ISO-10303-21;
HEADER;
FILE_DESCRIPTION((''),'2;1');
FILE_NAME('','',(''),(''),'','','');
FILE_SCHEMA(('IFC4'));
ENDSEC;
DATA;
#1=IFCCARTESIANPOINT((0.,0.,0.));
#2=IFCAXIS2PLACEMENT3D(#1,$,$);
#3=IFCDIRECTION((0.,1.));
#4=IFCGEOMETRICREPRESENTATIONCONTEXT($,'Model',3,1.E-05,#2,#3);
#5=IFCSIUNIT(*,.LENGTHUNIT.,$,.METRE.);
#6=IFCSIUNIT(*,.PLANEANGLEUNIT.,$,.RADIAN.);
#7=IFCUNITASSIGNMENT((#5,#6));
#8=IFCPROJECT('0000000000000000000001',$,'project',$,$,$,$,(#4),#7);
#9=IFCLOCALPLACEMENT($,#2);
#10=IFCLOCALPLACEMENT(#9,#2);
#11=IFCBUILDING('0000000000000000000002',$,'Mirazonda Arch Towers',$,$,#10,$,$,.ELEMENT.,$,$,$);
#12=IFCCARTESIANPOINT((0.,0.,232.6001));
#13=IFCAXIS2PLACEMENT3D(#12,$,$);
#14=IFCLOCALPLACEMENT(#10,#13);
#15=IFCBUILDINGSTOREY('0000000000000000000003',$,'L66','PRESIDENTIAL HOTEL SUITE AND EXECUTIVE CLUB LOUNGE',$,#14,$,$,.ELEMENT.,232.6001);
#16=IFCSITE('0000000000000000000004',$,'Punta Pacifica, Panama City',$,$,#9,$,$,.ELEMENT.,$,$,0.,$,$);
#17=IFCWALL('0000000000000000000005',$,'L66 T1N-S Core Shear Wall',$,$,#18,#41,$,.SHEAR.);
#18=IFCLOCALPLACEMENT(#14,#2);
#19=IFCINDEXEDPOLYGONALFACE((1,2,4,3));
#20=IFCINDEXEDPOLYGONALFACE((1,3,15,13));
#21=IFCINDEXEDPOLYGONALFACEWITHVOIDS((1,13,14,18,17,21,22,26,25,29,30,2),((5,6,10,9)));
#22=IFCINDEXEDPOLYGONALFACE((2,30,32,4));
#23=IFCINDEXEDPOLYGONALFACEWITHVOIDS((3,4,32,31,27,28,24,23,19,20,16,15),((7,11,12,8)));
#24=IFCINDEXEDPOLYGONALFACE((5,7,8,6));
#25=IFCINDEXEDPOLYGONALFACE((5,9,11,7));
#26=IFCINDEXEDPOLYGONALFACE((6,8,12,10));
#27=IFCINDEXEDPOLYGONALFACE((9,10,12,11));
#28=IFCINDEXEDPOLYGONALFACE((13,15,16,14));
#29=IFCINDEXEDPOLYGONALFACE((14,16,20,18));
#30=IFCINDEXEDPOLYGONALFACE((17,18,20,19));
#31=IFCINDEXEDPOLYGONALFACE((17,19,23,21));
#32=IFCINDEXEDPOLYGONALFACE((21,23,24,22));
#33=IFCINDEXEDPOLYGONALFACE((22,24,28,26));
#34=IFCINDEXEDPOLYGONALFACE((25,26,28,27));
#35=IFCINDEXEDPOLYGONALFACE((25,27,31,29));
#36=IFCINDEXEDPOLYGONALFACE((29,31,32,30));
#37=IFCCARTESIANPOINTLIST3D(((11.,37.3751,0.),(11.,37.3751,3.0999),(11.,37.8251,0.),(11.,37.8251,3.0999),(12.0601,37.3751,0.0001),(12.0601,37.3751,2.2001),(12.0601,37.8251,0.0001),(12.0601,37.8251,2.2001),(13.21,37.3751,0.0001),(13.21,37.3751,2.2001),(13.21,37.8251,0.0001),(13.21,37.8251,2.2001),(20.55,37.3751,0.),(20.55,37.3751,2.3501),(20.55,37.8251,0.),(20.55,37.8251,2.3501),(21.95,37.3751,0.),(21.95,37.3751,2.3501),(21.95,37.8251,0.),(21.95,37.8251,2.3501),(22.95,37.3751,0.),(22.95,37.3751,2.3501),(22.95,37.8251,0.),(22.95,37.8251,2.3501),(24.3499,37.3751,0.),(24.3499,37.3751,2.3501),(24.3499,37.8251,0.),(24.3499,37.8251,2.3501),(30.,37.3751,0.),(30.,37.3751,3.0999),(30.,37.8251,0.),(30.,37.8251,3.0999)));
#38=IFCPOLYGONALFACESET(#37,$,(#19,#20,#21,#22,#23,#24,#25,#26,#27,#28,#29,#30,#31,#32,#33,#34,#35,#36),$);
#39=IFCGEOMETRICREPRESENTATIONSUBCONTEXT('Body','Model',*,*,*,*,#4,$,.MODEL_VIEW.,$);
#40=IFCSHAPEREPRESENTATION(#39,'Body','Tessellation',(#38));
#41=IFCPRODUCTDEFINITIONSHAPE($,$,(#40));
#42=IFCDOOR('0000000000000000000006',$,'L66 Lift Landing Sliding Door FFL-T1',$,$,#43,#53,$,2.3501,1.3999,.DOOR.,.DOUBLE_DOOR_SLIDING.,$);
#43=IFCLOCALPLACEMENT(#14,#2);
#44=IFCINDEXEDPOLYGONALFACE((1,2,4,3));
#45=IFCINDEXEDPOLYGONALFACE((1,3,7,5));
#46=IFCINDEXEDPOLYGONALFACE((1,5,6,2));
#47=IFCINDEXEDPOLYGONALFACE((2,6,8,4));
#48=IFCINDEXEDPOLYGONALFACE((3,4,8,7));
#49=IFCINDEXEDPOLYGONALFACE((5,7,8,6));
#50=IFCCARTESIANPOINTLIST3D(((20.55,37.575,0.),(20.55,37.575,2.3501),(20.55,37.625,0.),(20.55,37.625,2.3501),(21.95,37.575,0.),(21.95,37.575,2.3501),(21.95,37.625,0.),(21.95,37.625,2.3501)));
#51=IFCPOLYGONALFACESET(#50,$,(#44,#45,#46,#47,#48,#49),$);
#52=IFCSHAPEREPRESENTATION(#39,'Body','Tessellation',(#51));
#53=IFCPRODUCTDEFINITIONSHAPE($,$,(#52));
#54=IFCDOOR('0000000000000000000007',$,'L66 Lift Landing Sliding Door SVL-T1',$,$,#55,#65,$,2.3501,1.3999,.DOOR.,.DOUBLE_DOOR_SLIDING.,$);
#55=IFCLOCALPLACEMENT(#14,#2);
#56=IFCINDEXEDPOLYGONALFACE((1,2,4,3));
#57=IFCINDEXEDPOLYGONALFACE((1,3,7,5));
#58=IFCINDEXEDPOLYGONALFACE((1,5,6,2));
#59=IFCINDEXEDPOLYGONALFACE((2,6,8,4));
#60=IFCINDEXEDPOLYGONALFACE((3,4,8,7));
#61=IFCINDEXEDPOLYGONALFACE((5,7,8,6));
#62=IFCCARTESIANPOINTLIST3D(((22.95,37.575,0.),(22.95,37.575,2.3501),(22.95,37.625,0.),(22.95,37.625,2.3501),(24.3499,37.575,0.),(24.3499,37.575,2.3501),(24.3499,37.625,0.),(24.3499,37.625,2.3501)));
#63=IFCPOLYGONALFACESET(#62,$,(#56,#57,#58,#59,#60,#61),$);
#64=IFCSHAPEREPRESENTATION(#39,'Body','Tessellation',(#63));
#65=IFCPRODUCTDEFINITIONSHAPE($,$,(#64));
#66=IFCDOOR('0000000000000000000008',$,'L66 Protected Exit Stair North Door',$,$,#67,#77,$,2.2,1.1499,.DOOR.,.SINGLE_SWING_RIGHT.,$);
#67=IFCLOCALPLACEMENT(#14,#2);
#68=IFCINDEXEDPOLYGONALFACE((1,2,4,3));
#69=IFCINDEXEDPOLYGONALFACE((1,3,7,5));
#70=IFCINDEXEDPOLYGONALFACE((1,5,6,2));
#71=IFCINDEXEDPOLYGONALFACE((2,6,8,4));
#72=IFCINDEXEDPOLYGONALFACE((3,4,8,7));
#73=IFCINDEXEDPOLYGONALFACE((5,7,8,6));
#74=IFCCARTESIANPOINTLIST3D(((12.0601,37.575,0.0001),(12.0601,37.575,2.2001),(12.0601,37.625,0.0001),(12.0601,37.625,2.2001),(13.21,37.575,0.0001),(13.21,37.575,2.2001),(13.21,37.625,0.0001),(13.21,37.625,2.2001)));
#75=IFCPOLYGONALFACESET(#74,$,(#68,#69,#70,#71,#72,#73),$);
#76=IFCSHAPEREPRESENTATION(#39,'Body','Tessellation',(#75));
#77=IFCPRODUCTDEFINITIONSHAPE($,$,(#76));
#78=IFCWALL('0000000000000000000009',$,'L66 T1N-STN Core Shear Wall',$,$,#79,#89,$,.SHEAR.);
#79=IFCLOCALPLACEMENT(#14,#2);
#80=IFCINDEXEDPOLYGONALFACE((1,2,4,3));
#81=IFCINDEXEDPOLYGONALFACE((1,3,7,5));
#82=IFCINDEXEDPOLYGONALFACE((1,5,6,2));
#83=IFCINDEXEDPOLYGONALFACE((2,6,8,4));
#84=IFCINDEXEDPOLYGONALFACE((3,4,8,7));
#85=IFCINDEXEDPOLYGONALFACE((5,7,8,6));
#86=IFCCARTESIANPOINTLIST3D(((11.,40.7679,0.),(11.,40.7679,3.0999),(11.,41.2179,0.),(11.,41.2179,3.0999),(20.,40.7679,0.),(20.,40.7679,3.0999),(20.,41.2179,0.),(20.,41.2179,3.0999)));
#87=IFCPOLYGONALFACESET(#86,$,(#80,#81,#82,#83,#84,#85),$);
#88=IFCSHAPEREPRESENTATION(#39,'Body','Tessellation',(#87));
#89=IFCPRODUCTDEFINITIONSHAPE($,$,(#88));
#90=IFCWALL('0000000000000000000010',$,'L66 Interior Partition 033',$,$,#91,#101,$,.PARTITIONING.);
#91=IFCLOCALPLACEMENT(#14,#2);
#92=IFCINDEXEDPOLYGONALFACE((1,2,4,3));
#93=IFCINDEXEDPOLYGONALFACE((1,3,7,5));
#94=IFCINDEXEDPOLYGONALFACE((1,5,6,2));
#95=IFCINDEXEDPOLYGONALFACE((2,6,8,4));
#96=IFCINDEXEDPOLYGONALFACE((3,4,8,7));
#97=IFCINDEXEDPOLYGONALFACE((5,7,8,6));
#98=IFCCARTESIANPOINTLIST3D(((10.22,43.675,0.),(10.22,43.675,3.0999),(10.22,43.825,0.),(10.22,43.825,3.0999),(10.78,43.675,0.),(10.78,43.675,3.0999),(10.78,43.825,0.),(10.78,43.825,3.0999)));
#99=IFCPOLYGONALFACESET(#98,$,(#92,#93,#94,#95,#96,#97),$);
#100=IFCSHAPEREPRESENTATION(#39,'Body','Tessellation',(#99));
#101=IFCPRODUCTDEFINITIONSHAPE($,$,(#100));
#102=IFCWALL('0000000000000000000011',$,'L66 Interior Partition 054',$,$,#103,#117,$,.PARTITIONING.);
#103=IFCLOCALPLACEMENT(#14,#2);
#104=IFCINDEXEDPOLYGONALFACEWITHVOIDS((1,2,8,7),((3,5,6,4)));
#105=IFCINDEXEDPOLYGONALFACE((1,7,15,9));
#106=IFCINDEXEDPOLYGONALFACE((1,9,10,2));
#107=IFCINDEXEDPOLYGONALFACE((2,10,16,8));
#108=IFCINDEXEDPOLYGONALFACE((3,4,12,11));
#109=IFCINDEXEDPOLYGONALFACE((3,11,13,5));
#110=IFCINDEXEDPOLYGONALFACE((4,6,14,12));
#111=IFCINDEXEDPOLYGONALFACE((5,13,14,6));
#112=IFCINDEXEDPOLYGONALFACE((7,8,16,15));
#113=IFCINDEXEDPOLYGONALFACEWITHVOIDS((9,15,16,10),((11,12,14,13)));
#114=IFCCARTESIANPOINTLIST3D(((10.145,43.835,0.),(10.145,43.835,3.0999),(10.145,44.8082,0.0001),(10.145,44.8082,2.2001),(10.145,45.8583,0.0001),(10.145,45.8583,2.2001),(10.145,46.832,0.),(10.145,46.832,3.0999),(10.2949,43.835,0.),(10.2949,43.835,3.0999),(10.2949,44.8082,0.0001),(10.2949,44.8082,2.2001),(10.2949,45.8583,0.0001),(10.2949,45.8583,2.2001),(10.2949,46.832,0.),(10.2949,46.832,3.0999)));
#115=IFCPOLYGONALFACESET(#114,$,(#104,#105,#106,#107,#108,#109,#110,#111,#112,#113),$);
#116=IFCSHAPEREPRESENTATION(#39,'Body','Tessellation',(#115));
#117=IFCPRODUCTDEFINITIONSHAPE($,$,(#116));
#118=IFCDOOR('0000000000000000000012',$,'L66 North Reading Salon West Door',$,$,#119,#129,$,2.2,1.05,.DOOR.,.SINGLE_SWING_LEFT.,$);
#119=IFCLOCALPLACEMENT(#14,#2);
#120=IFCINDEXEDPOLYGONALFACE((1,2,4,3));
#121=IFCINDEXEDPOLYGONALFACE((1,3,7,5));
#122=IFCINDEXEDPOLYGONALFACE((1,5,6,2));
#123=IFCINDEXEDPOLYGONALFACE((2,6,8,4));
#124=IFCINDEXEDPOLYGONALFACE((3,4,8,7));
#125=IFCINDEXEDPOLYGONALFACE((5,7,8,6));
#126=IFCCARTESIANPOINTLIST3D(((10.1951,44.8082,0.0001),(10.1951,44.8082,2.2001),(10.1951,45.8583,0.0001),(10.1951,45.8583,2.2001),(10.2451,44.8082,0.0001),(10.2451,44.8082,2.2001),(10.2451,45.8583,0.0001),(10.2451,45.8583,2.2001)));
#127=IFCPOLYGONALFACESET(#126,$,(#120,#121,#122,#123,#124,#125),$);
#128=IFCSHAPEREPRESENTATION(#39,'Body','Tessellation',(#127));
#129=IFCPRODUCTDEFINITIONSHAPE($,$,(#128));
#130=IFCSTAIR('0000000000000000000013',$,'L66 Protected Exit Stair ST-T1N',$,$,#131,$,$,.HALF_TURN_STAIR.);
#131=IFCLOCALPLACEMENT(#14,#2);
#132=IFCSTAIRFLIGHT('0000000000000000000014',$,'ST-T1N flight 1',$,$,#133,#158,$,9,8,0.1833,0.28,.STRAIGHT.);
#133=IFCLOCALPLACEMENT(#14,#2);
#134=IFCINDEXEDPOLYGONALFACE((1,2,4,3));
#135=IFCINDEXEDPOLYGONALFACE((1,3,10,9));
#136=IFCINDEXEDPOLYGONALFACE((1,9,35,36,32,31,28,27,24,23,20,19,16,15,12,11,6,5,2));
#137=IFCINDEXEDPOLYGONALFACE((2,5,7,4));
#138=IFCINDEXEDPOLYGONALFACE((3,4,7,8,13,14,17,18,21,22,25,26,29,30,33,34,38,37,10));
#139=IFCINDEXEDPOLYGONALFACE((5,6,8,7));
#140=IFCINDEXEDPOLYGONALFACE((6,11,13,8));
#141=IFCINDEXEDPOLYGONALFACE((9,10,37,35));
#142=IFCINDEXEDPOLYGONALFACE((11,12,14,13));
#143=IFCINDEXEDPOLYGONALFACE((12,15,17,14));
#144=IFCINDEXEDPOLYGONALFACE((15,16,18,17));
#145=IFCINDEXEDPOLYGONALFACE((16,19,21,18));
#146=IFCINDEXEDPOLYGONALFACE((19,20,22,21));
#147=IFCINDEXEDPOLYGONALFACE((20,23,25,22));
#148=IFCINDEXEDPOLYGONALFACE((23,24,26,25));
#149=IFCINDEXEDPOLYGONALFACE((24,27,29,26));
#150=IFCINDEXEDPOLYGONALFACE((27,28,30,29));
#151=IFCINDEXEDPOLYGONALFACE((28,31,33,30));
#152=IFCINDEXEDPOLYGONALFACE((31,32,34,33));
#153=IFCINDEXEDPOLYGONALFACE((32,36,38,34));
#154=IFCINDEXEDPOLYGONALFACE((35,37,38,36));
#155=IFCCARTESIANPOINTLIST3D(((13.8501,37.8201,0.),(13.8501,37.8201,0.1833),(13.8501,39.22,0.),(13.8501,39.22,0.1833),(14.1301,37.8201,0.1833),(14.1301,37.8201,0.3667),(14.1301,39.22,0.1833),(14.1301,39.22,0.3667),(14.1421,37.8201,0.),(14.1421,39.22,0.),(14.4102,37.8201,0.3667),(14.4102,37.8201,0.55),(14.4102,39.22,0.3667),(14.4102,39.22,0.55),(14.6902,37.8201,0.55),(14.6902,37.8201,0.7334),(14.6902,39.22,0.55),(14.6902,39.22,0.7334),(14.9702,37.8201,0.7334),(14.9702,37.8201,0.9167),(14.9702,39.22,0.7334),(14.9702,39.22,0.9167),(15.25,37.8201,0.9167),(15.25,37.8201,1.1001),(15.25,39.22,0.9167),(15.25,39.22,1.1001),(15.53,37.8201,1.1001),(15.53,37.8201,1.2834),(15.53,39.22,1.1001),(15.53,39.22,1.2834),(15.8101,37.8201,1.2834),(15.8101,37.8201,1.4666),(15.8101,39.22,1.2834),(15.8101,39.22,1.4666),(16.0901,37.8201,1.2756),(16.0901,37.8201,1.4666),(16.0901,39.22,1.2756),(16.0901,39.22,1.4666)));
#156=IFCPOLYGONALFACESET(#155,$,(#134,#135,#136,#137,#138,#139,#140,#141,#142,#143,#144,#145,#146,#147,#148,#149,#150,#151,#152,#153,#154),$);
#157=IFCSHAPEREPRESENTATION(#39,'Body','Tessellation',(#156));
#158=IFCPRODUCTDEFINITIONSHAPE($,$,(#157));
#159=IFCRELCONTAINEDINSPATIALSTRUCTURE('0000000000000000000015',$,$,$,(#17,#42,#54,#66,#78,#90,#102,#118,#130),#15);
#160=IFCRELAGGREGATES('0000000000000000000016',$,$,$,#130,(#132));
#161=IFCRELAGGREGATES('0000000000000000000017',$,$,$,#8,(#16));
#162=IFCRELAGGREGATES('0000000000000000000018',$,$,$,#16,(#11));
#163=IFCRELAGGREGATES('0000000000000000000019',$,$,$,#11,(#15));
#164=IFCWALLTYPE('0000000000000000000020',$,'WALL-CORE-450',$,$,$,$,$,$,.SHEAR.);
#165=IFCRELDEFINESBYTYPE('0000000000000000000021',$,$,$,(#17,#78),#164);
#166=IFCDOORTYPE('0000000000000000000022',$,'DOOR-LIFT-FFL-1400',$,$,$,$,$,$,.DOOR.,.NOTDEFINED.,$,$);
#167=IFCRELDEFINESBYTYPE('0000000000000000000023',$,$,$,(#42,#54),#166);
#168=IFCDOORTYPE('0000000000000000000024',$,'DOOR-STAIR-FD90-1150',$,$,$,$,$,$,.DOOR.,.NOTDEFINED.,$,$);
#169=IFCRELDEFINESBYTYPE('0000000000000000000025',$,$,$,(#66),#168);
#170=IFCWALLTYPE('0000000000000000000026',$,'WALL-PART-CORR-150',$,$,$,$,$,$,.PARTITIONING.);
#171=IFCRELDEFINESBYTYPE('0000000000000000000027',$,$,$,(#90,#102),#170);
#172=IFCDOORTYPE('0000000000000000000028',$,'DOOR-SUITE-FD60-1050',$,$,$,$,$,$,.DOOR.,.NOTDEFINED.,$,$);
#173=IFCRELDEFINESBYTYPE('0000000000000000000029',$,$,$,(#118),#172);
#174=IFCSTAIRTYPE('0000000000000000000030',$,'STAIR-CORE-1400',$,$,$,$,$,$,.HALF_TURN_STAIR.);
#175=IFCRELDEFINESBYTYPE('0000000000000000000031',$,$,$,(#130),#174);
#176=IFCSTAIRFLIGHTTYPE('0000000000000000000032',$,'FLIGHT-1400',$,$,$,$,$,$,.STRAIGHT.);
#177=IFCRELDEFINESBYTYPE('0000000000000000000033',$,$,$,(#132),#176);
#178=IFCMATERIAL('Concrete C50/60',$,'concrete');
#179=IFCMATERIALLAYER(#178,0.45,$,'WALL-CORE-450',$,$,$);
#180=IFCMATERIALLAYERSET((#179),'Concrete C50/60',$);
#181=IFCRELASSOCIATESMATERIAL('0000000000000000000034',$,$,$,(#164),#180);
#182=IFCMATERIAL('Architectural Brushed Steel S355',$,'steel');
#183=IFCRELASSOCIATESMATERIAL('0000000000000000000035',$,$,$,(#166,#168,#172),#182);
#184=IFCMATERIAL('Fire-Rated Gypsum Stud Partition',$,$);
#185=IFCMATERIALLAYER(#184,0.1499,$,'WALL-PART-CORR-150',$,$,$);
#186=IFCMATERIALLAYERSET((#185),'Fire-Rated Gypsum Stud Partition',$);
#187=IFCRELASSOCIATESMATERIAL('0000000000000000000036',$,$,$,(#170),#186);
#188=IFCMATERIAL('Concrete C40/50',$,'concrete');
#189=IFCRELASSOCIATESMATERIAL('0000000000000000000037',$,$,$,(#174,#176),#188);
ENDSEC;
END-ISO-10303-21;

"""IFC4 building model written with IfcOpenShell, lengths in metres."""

from ifc_helpers import new_model, si_unit, direction, frame, frame_2d, origin, place, context, subcontext, project, spatial, polyline, rectangle, outline, extrude, material, layer, layer_set, type_object, element, fill, aggregate, save


model = new_model("IFC4")

# Units and contexts
model_context = context("Model", 3, precision=1e-05, world=origin(), true_north=direction((0.0, 1.0)))
body_context = subcontext(model_context, "Body", "Model", "MODEL_VIEW")
ifc_project = project(units=[si_unit("LENGTHUNIT", "METRE"), si_unit("PLANEANGLEUNIT", "RADIAN")], contexts=[model_context])

# Site, building, storey
site_placement = place(None, origin())
site = spatial("IfcSite", under=ifc_project, at=site_placement, Name="Punta Pacifica, Panama City", CompositionType="ELEMENT", RefElevation=0.0)
building_placement = place(site_placement, origin())
building = spatial("IfcBuilding", under=site, at=building_placement, Name="Mirazonda Arch Towers", CompositionType="ELEMENT")
storey_placement = place(building_placement, frame((0.0, 0.0, 232.6001)))
storey = spatial("IfcBuildingStorey", under=building, at=storey_placement, Name="L66", Description="PRESIDENTIAL HOTEL SUITE AND EXECUTIVE CLUB LOUNGE", CompositionType="ELEMENT", Elevation=232.6001)

# Shared definitions
ifc_material_1 = material(Name="Concrete C50/60", Category="concrete")

# Shared definitions
ifc_layer_1 = layer(ifc_material_1, 0.45, Name="WALL-CORE-450")
ifc_layer_set_1 = layer_set([ifc_layer_1], Name="Concrete C50/60")
wall_type_1 = type_object("IfcWallType", Name="WALL-CORE-450", PredefinedType="SHEAR", material=ifc_layer_set_1)

# Wall, openings, doors
wall_1_placement = place(storey_placement, frame((11.0, 37.6001, 0.0), z_axis=(0.0, 0.0, 1.0), x_axis=(1.0, 0.0, 0.0)))
wall_1 = element("IfcWall", 1, at=wall_1_placement, inside=storey, type_object=wall_type_1, Name="L66 T1N-S Core Shear Wall", PredefinedType="SHEAR", context=body_context, shape_type="SweptSolid", body=[
    extrude(rectangle(XDim=19.0, YDim=0.45, at=frame_2d((9.5, 0.0))), origin(), (0.0, 0.0, 1.0), 3.0999),
])
opening_1_placement = place(wall_1_placement, frame((1.0601, 0.0, 0.0)))
opening_1 = element("IfcOpeningElement", 2, at=opening_1_placement, cuts=wall_1, PredefinedType="OPENING", context=body_context, shape_type="SweptSolid", body=[
    extrude(rectangle(XDim=1.1499, YDim=2.2, at=frame_2d((0.575, 1.1001))), frame((0.0, 0.2349, 0.0), z_axis=(0.0, -1.0, 0.0), x_axis=(1.0, 0.0, 0.0)), (0.0, 0.0, 1.0), 0.47),
])
opening_2_placement = place(wall_1_placement, frame((9.55, 0.0, 0.0)))
opening_2 = element("IfcOpeningElement", 3, at=opening_2_placement, cuts=wall_1, PredefinedType="OPENING", context=body_context, shape_type="SweptSolid", body=[
    extrude(rectangle(XDim=1.3999, YDim=2.3501, at=frame_2d((0.7, 1.175))), frame((0.0, 0.2349, 0.0), z_axis=(0.0, -1.0, 0.0), x_axis=(1.0, 0.0, 0.0)), (0.0, 0.0, 1.0), 0.47),
])
opening_3_placement = place(wall_1_placement, frame((11.95, 0.0, 0.0)))
opening_3 = element("IfcOpeningElement", 4, at=opening_3_placement, cuts=wall_1, PredefinedType="OPENING", context=body_context, shape_type="SweptSolid", body=[
    extrude(rectangle(XDim=1.3999, YDim=2.3501, at=frame_2d((0.7, 1.175))), frame((0.0, 0.2349, 0.0), z_axis=(0.0, -1.0, 0.0), x_axis=(1.0, 0.0, 0.0)), (0.0, 0.0, 1.0), 0.47),
])
ifc_material_2 = material(Name="Architectural Brushed Steel S355", Category="steel")
door_type_1 = type_object("IfcDoorType", Name="DOOR-LIFT-FFL-1400", OperationType="NOTDEFINED", PredefinedType="DOOR", material=ifc_material_2)
door_1_placement = place(opening_2_placement, origin())
door_1 = element("IfcDoor", 5, at=door_1_placement, inside=storey, type_object=door_type_1, Name="L66 Lift Landing Sliding Door FFL-T1", OperationType="DOUBLE_DOOR_SLIDING", OverallHeight=2.3501, OverallWidth=1.3999, PredefinedType="DOOR", context=body_context, shape_type="SweptSolid", body=[
    extrude(rectangle(XDim=1.3999, YDim=2.3501, at=frame_2d((0.7, 1.175))), frame((0.0, 0.0249, 0.0), z_axis=(0.0, -1.0, 0.0), x_axis=(1.0, 0.0, 0.0)), (0.0, 0.0, 1.0), 0.05),
])
fill(opening_2, door_1)
door_2_placement = place(opening_3_placement, origin())
door_2 = element("IfcDoor", 6, at=door_2_placement, inside=storey, type_object=door_type_1, Name="L66 Lift Landing Sliding Door SVL-T1", OperationType="DOUBLE_DOOR_SLIDING", OverallHeight=2.3501, OverallWidth=1.3999, PredefinedType="DOOR", context=body_context, shape_type="SweptSolid", body=[
    extrude(rectangle(XDim=1.3999, YDim=2.3501, at=frame_2d((0.7, 1.175))), frame((0.0, 0.0249, 0.0), z_axis=(0.0, -1.0, 0.0), x_axis=(1.0, 0.0, 0.0)), (0.0, 0.0, 1.0), 0.05),
])
fill(opening_3, door_2)
door_type_2 = type_object("IfcDoorType", Name="DOOR-STAIR-FD90-1150", OperationType="NOTDEFINED", PredefinedType="DOOR", material=ifc_material_2)
door_3_placement = place(opening_1_placement, origin())
door_3 = element("IfcDoor", 7, at=door_3_placement, inside=storey, type_object=door_type_2, Name="L66 Protected Exit Stair North Door", OperationType="SINGLE_SWING_RIGHT", OverallHeight=2.2, OverallWidth=1.1499, PredefinedType="DOOR", context=body_context, shape_type="SweptSolid", body=[
    extrude(rectangle(XDim=1.1499, YDim=2.2, at=frame_2d((0.575, 1.1001))), frame((0.0, 0.0249, 0.0), z_axis=(0.0, -1.0, 0.0), x_axis=(1.0, 0.0, 0.0)), (0.0, 0.0, 1.0), 0.05),
])
fill(opening_1, door_3)

# Walls
wall_2_placement = place(storey_placement, frame((11.0, 40.9929, 0.0), z_axis=(0.0, 0.0, 1.0), x_axis=(1.0, 0.0, 0.0)))
element("IfcWall", 8, at=wall_2_placement, inside=storey, type_object=wall_type_1, Name="L66 T1N-STN Core Shear Wall", PredefinedType="SHEAR", context=body_context, shape_type="SweptSolid", body=[
    extrude(rectangle(XDim=9.0, YDim=0.45, at=frame_2d((4.5, 0.0))), origin(), (0.0, 0.0, 1.0), 3.0999),
])
ifc_material_3 = material(Name="Fire-Rated Gypsum Stud Partition")
ifc_layer_2 = layer(ifc_material_3, 0.1499, Name="WALL-PART-CORR-150")
ifc_layer_set_2 = layer_set([ifc_layer_2], Name="Fire-Rated Gypsum Stud Partition")
wall_type_2 = type_object("IfcWallType", Name="WALL-PART-CORR-150", PredefinedType="PARTITIONING", material=ifc_layer_set_2)
wall_3_placement = place(storey_placement, frame((10.22, 43.75, 0.0), z_axis=(0.0, 0.0, 1.0), x_axis=(1.0, 0.0, 0.0)))
element("IfcWall", 9, at=wall_3_placement, inside=storey, type_object=wall_type_2, Name="L66 Interior Partition 033", PredefinedType="PARTITIONING", context=body_context, shape_type="SweptSolid", body=[
    extrude(rectangle(XDim=0.5601, YDim=0.1499, at=frame_2d((0.28, 0.0))), origin(), (0.0, 0.0, 1.0), 3.0999),
])

# Wall, opening, door
wall_4_placement = place(storey_placement, frame((10.22, 43.835, 0.0), z_axis=(0.0, 0.0, 1.0), x_axis=(0.0, 1.0, 0.0)))
wall_4 = element("IfcWall", 10, at=wall_4_placement, inside=storey, type_object=wall_type_2, Name="L66 Interior Partition 054", PredefinedType="PARTITIONING", context=body_context, shape_type="SweptSolid", body=[
    extrude(rectangle(XDim=2.9971, YDim=0.1499, at=frame_2d((1.4985, 0.0))), origin(), (0.0, 0.0, 1.0), 3.0999),
])
opening_4_placement = place(wall_4_placement, frame((0.9734, 0.0, 0.0)))
opening_4 = element("IfcOpeningElement", 11, at=opening_4_placement, cuts=wall_4, PredefinedType="OPENING", context=body_context, shape_type="SweptSolid", body=[
    extrude(rectangle(XDim=1.05, YDim=2.2, at=frame_2d((0.5249, 1.1001))), frame((0.0, 0.085, 0.0), z_axis=(0.0, -1.0, 0.0), x_axis=(1.0, 0.0, 0.0)), (0.0, 0.0, 1.0), 0.1699),
])
door_type_3 = type_object("IfcDoorType", Name="DOOR-SUITE-FD60-1050", OperationType="NOTDEFINED", PredefinedType="DOOR", material=ifc_material_2)
door_4_placement = place(opening_4_placement, origin())
door_4 = element("IfcDoor", 12, at=door_4_placement, inside=storey, type_object=door_type_3, Name="L66 North Reading Salon West Door", OperationType="SINGLE_SWING_LEFT", OverallHeight=2.2, OverallWidth=1.05, PredefinedType="DOOR", context=body_context, shape_type="SweptSolid", body=[
    extrude(rectangle(XDim=1.05, YDim=2.2, at=frame_2d((0.5249, 1.1001))), frame((0.0, 0.0249, 0.0), z_axis=(0.0, -1.0, 0.0), x_axis=(1.0, 0.0, 0.0)), (0.0, 0.0, 1.0), 0.05),
])
fill(opening_4, door_4)

# Stair, stair flight
ifc_material_4 = material(Name="Concrete C40/50", Category="concrete")
stair_type = type_object("IfcStairType", Name="STAIR-CORE-1400", PredefinedType="HALF_TURN_STAIR", material=ifc_material_4)
stair_placement = place(storey_placement, origin())
stair = element("IfcStair", 13, at=stair_placement, inside=storey, type_object=stair_type, Name="L66 Protected Exit Stair ST-T1N", PredefinedType="HALF_TURN_STAIR")
stair_flight_type = type_object("IfcStairFlightType", Name="FLIGHT-1400", PredefinedType="STRAIGHT", material=ifc_material_4)
stair_flight_1_placement = place(storey_placement, frame((13.8501, 38.52, 0.0), z_axis=(0.0, 0.0, 1.0), x_axis=(1.0, 0.0, 0.0)))
stair_flight_1 = element("IfcStairFlight", 14, at=stair_flight_1_placement, type_object=stair_flight_type, Name="ST-T1N flight 1", NumberOfRisers=9, NumberOfTreads=8, PredefinedType="STRAIGHT", RiserHeight=0.1833, TreadLength=0.28, context=body_context, shape_type="SweptSolid", body=[
    extrude(outline(polyline([(0.0, 0.0), (0.0, 0.1833), (0.28, 0.1833), (0.28, 0.3667), (0.5601, 0.3667), (0.5601, 0.55), (0.8401, 0.55), (0.8401, 0.7334), (1.1201, 0.7334), (1.1201, 0.9167), (1.3999, 0.9167), (1.3999, 1.1001), (1.6799, 1.1001), (1.6799, 1.2834), (1.96, 1.2834), (1.96, 1.4666), (2.24, 1.4666), (2.24, 1.6499), (2.24, 1.2756), (0.292, 0.0), (0.0, 0.0)])), frame((0.0, 0.7, 0.0), z_axis=(0.0, -1.0, 0.0), x_axis=(1.0, 0.0, 0.0)), (0.0, 0.0, 1.0), 1.3999),
])
aggregate(stair, [stair_flight_1])

save(model, "model.ifc")
